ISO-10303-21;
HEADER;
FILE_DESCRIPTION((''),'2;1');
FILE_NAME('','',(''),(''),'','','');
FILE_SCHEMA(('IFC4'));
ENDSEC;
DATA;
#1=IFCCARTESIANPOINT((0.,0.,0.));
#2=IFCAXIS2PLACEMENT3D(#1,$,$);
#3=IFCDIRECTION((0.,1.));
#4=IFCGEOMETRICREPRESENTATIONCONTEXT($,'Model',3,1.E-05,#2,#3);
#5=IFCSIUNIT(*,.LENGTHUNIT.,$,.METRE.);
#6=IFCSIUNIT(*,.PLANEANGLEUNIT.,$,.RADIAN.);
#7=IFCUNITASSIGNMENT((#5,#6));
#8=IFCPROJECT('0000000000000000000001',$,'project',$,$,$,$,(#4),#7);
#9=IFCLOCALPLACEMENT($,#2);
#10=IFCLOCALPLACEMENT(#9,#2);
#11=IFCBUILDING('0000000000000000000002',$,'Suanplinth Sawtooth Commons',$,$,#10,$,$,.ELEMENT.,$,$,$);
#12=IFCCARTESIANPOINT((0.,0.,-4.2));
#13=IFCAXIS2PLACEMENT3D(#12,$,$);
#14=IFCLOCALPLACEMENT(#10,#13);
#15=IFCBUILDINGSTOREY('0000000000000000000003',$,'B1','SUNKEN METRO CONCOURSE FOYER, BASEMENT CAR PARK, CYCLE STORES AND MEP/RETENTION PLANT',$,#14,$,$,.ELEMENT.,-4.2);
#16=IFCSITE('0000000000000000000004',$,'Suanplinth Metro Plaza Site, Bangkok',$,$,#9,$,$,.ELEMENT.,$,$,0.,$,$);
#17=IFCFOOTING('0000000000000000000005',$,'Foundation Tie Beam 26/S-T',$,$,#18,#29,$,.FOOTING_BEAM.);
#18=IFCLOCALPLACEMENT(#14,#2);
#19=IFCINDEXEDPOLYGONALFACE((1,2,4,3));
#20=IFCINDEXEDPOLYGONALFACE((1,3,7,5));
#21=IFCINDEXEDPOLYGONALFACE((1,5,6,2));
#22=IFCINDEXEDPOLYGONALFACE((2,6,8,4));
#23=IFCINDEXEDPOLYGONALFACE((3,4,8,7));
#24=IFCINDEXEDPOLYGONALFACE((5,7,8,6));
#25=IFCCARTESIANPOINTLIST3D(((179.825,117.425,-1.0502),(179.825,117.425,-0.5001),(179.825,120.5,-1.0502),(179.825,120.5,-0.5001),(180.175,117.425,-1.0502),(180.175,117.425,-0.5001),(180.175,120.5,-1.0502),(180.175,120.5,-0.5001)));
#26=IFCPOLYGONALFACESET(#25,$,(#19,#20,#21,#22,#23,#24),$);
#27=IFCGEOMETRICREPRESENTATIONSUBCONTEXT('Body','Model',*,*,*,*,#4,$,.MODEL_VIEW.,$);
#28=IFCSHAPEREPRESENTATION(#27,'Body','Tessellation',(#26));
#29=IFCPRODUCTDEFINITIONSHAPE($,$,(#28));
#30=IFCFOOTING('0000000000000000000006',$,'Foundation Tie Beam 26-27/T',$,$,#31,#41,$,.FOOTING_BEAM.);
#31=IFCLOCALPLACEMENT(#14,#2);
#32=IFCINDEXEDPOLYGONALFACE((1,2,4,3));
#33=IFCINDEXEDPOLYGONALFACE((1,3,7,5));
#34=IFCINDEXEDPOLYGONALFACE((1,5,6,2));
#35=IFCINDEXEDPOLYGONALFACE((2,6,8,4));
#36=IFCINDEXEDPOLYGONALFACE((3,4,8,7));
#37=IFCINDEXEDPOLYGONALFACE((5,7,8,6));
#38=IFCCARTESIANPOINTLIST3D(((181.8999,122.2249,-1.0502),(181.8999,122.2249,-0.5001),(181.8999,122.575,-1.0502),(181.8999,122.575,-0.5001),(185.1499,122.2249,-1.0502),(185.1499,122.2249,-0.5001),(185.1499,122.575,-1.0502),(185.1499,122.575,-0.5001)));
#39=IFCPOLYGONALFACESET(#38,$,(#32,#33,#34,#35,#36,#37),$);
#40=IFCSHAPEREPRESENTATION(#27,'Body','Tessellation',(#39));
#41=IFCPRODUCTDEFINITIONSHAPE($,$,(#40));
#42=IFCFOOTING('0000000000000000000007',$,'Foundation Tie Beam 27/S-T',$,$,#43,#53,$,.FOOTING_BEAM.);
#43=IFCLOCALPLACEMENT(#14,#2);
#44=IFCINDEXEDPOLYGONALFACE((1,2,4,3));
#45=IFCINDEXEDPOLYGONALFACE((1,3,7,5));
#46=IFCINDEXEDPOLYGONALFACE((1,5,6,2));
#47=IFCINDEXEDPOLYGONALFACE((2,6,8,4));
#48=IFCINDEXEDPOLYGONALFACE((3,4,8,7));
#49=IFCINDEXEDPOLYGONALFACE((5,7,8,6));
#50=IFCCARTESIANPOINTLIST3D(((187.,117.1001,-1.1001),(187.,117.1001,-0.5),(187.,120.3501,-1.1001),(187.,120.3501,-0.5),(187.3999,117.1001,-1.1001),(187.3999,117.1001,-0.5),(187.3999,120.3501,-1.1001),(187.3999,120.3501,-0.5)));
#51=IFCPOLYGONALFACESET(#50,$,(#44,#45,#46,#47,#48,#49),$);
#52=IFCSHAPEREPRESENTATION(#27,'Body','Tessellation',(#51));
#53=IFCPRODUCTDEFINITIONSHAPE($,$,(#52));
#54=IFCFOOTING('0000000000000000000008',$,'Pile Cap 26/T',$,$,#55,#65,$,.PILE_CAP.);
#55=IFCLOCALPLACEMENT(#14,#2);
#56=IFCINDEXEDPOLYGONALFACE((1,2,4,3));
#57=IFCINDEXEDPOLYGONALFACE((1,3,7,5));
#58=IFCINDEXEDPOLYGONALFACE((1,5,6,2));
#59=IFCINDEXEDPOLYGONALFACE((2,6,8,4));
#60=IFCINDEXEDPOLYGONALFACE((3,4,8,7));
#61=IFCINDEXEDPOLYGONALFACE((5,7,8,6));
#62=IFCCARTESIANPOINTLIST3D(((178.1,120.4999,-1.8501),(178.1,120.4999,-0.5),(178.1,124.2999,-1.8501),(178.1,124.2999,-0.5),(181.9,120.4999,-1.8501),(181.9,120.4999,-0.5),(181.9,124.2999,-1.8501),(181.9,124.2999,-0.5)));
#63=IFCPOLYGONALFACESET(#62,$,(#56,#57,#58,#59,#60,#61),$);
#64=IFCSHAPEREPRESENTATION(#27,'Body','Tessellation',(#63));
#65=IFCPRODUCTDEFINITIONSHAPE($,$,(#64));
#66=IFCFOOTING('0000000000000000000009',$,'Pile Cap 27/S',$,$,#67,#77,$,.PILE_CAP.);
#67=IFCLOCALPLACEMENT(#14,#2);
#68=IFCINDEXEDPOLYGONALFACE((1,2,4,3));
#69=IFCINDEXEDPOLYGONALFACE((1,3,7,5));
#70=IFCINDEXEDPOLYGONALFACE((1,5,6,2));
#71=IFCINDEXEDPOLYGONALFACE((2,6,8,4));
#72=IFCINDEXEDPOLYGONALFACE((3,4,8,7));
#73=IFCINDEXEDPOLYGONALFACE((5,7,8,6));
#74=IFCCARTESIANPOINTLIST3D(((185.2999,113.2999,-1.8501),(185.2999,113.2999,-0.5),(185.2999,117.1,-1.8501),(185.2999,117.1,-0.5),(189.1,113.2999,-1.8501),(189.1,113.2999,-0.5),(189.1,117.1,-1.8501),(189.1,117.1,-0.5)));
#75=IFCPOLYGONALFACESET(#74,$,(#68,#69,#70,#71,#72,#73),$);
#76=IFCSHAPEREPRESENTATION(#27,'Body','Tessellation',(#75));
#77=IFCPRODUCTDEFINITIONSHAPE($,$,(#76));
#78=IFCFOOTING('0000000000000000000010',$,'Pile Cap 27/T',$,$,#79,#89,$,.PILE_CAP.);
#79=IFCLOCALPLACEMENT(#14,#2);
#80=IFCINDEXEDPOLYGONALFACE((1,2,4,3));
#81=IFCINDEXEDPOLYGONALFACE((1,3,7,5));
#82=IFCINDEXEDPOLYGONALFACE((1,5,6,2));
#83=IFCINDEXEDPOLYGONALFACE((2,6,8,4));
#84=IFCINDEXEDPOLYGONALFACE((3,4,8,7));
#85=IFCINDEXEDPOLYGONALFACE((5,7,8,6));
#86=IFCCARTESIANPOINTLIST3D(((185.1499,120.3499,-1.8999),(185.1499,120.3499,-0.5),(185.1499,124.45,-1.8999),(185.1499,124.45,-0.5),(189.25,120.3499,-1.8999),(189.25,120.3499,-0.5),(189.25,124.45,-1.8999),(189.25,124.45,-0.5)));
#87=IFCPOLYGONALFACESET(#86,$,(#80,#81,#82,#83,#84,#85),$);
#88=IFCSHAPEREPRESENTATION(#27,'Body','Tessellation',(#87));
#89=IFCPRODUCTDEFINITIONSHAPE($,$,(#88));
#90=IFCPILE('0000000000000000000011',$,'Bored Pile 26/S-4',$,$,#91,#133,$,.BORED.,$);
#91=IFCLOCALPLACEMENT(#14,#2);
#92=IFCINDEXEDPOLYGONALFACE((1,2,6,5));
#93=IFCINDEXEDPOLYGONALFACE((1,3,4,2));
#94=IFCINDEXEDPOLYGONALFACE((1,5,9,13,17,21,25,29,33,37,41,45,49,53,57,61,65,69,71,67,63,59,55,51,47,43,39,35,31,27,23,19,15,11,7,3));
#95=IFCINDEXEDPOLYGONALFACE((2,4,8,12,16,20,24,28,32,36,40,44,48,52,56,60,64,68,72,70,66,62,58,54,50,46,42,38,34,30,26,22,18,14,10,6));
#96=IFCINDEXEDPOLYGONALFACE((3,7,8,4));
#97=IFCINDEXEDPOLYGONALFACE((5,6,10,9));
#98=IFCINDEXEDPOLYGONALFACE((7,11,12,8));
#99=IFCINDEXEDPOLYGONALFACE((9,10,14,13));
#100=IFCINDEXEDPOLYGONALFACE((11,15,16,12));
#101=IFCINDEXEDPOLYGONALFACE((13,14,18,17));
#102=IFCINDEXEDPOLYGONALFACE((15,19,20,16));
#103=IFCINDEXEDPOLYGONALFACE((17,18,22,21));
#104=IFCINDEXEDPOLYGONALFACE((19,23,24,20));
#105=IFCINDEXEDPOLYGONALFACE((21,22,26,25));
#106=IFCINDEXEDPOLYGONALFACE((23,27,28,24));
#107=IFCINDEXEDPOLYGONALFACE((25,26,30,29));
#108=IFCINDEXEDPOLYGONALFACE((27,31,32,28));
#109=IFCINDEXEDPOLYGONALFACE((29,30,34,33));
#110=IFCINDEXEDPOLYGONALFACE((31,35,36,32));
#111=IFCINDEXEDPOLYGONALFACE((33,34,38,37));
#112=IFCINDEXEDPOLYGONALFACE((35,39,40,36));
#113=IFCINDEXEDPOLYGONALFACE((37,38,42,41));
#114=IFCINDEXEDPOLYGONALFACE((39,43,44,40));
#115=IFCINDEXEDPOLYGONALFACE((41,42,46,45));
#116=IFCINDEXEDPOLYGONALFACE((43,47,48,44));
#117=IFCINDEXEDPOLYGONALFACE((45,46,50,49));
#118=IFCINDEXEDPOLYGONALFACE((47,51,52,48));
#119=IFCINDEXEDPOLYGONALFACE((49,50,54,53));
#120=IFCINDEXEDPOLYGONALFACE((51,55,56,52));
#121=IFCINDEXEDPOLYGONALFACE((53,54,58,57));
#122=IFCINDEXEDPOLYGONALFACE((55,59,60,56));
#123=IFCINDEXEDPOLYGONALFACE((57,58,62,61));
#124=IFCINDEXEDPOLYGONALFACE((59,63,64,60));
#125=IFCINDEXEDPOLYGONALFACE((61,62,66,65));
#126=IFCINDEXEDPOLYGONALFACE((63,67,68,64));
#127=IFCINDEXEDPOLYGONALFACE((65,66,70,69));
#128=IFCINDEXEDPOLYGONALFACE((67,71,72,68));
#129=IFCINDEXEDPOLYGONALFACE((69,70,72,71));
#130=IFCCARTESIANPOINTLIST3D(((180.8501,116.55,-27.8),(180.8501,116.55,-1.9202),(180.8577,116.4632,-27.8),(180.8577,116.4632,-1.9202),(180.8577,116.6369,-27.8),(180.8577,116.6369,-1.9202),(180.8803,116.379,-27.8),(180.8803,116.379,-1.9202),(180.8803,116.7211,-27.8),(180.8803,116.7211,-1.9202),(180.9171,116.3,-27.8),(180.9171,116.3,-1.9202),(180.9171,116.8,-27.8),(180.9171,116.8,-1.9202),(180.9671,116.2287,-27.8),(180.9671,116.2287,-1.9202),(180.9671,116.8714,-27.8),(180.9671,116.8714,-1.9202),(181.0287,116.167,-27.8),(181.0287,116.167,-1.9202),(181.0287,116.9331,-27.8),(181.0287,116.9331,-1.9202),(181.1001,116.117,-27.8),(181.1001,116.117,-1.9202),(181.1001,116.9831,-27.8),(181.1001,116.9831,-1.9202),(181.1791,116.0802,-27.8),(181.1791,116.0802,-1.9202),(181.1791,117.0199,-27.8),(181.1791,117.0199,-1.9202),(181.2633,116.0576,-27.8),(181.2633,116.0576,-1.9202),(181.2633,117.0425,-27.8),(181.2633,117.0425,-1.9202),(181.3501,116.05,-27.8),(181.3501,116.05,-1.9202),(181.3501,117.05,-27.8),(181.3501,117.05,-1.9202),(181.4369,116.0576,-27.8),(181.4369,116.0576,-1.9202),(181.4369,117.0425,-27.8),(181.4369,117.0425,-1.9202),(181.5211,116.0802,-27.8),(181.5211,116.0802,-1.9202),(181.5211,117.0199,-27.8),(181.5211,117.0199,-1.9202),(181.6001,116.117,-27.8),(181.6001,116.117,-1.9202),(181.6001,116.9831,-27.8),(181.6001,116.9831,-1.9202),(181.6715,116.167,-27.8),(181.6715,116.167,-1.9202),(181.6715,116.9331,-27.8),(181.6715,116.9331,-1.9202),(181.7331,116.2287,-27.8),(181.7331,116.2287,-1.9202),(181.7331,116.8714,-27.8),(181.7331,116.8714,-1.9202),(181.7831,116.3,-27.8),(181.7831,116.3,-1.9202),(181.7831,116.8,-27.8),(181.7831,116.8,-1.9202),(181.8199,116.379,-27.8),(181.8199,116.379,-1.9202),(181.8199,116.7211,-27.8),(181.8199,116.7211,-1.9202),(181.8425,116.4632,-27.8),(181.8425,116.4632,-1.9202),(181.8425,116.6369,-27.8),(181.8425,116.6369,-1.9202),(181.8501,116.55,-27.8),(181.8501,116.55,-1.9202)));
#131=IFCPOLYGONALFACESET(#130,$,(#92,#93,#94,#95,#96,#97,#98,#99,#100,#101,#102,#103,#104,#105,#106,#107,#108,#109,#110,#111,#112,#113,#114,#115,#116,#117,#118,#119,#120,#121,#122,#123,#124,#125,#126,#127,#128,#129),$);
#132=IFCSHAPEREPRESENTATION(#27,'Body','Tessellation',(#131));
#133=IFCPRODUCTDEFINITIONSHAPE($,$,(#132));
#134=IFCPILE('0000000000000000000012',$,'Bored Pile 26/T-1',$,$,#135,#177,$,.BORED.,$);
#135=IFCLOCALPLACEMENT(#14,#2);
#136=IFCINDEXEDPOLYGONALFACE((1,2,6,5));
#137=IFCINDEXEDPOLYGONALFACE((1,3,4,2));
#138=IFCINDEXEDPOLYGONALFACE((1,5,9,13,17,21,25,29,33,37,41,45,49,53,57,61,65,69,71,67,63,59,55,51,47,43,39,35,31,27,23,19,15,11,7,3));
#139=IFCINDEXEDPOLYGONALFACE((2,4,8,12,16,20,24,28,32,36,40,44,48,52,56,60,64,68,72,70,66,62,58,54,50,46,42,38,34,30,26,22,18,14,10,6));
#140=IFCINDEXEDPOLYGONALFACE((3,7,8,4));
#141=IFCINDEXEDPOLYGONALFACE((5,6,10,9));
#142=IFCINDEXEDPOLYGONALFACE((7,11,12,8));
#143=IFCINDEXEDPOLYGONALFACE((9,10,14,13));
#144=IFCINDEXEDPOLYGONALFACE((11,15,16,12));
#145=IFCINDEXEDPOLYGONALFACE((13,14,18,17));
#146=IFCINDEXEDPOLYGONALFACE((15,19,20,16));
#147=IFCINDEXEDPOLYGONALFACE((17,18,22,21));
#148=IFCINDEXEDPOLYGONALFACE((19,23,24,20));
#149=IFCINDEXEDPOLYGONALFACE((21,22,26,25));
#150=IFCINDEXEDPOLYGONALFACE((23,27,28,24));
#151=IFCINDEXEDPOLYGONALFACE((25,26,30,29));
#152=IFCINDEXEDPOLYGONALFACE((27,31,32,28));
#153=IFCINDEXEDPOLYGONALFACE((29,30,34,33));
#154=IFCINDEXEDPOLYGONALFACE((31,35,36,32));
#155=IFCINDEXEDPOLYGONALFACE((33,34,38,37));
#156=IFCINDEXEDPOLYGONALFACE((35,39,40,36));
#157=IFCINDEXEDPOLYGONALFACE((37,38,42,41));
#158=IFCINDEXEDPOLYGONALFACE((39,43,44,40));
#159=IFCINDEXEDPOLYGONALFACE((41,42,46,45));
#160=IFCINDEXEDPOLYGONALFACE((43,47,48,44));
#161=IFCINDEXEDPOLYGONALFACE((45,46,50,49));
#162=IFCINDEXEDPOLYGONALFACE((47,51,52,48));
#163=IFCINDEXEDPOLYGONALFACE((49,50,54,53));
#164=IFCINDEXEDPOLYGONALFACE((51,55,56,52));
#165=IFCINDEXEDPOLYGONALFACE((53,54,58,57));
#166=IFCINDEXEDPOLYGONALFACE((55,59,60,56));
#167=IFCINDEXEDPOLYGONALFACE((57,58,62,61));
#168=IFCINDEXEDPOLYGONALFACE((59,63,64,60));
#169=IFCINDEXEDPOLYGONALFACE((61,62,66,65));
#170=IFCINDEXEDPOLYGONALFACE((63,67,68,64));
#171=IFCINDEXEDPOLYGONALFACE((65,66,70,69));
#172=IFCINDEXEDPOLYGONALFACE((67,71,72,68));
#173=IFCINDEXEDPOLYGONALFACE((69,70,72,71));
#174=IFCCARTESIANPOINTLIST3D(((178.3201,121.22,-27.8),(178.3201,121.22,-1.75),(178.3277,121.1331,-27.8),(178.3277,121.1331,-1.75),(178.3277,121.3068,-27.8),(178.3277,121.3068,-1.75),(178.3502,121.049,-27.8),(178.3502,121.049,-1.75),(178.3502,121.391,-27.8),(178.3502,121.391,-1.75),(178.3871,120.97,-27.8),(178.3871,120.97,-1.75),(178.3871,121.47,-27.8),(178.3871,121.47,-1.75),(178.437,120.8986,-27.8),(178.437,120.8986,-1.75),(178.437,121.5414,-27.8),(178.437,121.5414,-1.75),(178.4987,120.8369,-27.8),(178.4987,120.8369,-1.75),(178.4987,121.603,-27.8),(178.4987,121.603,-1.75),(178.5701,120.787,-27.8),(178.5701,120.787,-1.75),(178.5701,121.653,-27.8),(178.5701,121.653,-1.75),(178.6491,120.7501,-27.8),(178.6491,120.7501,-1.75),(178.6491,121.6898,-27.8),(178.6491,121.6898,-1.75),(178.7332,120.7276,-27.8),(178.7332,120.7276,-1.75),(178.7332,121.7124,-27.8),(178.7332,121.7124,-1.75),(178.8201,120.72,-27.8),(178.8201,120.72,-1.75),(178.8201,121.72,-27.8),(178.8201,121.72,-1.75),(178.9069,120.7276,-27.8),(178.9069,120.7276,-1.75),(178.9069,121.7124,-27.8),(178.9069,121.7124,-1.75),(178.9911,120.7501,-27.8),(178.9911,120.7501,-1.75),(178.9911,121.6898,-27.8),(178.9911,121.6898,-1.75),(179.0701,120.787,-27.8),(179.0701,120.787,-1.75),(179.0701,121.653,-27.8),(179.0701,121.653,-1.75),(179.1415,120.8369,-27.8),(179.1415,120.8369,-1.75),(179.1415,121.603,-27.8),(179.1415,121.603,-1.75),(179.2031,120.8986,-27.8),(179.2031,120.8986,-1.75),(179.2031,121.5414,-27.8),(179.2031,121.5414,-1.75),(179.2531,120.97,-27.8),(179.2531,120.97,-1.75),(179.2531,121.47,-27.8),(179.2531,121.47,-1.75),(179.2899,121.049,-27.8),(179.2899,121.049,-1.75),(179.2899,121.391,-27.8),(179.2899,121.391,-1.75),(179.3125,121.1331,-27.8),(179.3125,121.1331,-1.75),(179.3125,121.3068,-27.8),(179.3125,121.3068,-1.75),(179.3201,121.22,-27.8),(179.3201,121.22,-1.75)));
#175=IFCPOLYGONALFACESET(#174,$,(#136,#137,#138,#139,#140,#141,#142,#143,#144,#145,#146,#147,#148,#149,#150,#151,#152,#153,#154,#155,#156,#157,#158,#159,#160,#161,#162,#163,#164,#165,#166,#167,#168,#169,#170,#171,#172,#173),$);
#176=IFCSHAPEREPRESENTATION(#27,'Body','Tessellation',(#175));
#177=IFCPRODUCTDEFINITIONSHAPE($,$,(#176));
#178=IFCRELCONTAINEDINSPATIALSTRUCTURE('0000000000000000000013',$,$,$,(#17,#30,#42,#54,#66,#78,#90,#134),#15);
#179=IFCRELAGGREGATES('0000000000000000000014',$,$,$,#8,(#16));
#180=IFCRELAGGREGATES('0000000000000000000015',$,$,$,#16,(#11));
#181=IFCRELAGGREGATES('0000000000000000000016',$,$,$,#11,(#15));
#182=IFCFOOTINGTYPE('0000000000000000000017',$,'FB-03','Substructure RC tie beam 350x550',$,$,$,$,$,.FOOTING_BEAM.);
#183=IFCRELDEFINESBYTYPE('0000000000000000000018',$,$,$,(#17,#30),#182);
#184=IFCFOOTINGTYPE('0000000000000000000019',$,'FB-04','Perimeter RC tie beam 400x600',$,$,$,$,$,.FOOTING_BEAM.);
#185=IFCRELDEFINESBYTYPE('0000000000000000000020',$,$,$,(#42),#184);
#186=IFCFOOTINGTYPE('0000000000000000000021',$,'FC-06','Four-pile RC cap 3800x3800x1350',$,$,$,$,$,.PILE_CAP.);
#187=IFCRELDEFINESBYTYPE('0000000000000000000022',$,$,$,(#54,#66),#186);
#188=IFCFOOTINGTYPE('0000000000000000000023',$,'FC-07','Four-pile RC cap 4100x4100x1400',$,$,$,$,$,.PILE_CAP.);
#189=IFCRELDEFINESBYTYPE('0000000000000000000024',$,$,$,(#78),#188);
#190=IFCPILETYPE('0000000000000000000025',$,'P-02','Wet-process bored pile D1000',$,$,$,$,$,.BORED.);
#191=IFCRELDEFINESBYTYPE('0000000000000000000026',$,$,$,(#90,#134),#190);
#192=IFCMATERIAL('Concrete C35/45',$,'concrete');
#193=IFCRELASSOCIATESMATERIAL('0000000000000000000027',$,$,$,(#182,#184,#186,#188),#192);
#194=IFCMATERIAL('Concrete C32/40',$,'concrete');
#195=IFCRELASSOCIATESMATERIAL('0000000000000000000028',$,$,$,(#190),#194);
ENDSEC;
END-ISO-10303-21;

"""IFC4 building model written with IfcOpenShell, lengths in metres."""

from ifc_helpers import new_model, si_unit, direction, frame, origin, origin_2d, place, context, subcontext, project, spatial, rectangle, circle, extrude, material, material_profile, profile_set, type_object, element, save


model = new_model("IFC4")

# Units and contexts
model_context = context("Model", 3, precision=1e-05, world=origin(), true_north=direction((0.0, 1.0)))
body_context = subcontext(model_context, "Body", "Model", "MODEL_VIEW")
ifc_project = project(units=[si_unit("LENGTHUNIT", "METRE"), si_unit("PLANEANGLEUNIT", "RADIAN")], contexts=[model_context])

# Site, building, storey
site_placement = place(None, origin())
site = spatial("IfcSite", under=ifc_project, at=site_placement, Name="Suanplinth Metro Plaza Site, Bangkok", CompositionType="ELEMENT", RefElevation=0.0)
building_placement = place(site_placement, origin())
building = spatial("IfcBuilding", under=site, at=building_placement, Name="Suanplinth Sawtooth Commons", CompositionType="ELEMENT")
storey_placement = place(building_placement, frame((0.0, 0.0, -4.2)))
storey = spatial("IfcBuildingStorey", under=building, at=storey_placement, Name="B1", Description="SUNKEN METRO CONCOURSE FOYER, BASEMENT CAR PARK, CYCLE STORES AND MEP/RETENTION PLANT", CompositionType="ELEMENT", Elevation=-4.2)

# Footings
ifc_material_1 = material(Name="Concrete C35/45", Category="concrete")
ifc_material_profile_1 = material_profile(ifc_material_1, rectangle(XDim=0.3501, YDim=0.55, at=origin_2d()), Name="PC-BM 350x550")
ifc_profile_set_1 = profile_set([ifc_material_profile_1], Name="Concrete C35/45")
footing_type_1 = type_object("IfcFootingType", Name="FB-03", Description="Substructure RC tie beam 350x550", PredefinedType="FOOTING_BEAM", material=ifc_profile_set_1)
footing_1_placement = place(storey_placement, frame((180.0, 117.425, -0.7751), z_axis=(0.0, 1.0, 0.0), x_axis=(-1.0, 0.0, 0.0)))
element("IfcFooting", 1, at=footing_1_placement, inside=storey, type_object=footing_type_1, Name="Foundation Tie Beam 26/S-T", PredefinedType="FOOTING_BEAM", context=body_context, shape_type="SweptSolid", body=[
    extrude(rectangle(XDim=0.3501, YDim=0.55, at=origin_2d()), origin(), (0.0, 0.0, 1.0), 3.075),
])
footing_2_placement = place(storey_placement, frame((181.8999, 122.3999, -0.7751), z_axis=(1.0, 0.0, 0.0), x_axis=(0.0, 1.0, 0.0)))
element("IfcFooting", 2, at=footing_2_placement, inside=storey, type_object=footing_type_1, Name="Foundation Tie Beam 26-27/T", PredefinedType="FOOTING_BEAM", context=body_context, shape_type="SweptSolid", body=[
    extrude(rectangle(XDim=0.3501, YDim=0.55, at=origin_2d()), origin(), (0.0, 0.0, 1.0), 3.25),
])
ifc_material_profile_2 = material_profile(ifc_material_1, rectangle(XDim=0.3999, YDim=0.6001, at=origin_2d()), Name="PC-GDR 400x600")
ifc_profile_set_2 = profile_set([ifc_material_profile_2], Name="Concrete C35/45")
footing_type_2 = type_object("IfcFootingType", Name="FB-04", Description="Perimeter RC tie beam 400x600", PredefinedType="FOOTING_BEAM", material=ifc_profile_set_2)
footing_3_placement = place(storey_placement, frame((187.2, 117.1001, -0.8), z_axis=(0.0, 1.0, 0.0), x_axis=(-1.0, 0.0, 0.0)))
element("IfcFooting", 3, at=footing_3_placement, inside=storey, type_object=footing_type_2, Name="Foundation Tie Beam 27/S-T", PredefinedType="FOOTING_BEAM", context=body_context, shape_type="SweptSolid", body=[
    extrude(rectangle(XDim=0.3999, YDim=0.6001, at=origin_2d()), origin(), (0.0, 0.0, 1.0), 3.25),
])
footing_type_3 = type_object("IfcFootingType", Name="FC-06", Description="Four-pile RC cap 3800x3800x1350", PredefinedType="PILE_CAP", material=ifc_material_1)
for number, where, z_axis, x_axis, name in (
    (4, (180.0, 122.3999, -1.8501), (0.0, 0.0, 1.0), (1.0, 0.0, 0.0), "Pile Cap 26/T"),
    (5, (187.2, 115.2, -1.8501), (0.0, 0.0, 1.0), (1.0, 0.0, 0.0), "Pile Cap 27/S"),
):
    element("IfcFooting", number, at=place(storey_placement, frame(where, z_axis=z_axis, x_axis=x_axis)), inside=storey, type_object=footing_type_3, Name=name, PredefinedType="PILE_CAP", context=body_context, shape_type="SweptSolid", body=[
        extrude(rectangle(XDim=3.8, YDim=3.8, at=origin_2d()), origin(), (0.0, 0.0, 1.0), 1.3501),
    ])
footing_type_4 = type_object("IfcFootingType", Name="FC-07", Description="Four-pile RC cap 4100x4100x1400", PredefinedType="PILE_CAP", material=ifc_material_1)
footing_4_placement = place(storey_placement, frame((187.2, 122.3999, -1.8999), z_axis=(0.0, 0.0, 1.0), x_axis=(1.0, 0.0, 0.0)))
element("IfcFooting", 6, at=footing_4_placement, inside=storey, type_object=footing_type_4, Name="Pile Cap 27/T", PredefinedType="PILE_CAP", context=body_context, shape_type="SweptSolid", body=[
    extrude(rectangle(XDim=4.1001, YDim=4.1001, at=origin_2d()), origin(), (0.0, 0.0, 1.0), 1.3999),
])

# Piles
ifc_material_2 = material(Name="Concrete C32/40", Category="concrete")
ifc_material_profile_3 = material_profile(ifc_material_2, circle(Radius=0.5, at=origin_2d()), Name="PILE D1000")
ifc_profile_set_3 = profile_set([ifc_material_profile_3], Name="Concrete C32/40")
pile_type = type_object("IfcPileType", Name="P-02", Description="Wet-process bored pile D1000", PredefinedType="BORED", material=ifc_profile_set_3)
pile_placement = place(storey_placement, frame((181.3501, 116.55, -1.9202), z_axis=(0.0, 0.0, -1.0), x_axis=(1.0, 0.0, 0.0)))
element("IfcPile", 7, at=pile_placement, inside=storey, type_object=pile_type, Name="Bored Pile 26/S-4", PredefinedType="BORED", context=body_context, shape_type="SweptSolid", body=[
    extrude(circle(Radius=0.5, at=origin_2d()), origin(), (0.0, 0.0, 1.0), 25.8799),
])
for number, where, z_axis, x_axis, name in (
    (8, (178.8201, 121.22, -1.75), (0.0, 0.0, -1.0), (1.0, 0.0, 0.0), "Bored Pile 26/T-1"),
):
    element("IfcPile", number, at=place(storey_placement, frame(where, z_axis=z_axis, x_axis=x_axis)), inside=storey, type_object=pile_type, Name=name, PredefinedType="BORED", context=body_context, shape_type="SweptSolid", body=[
        extrude(circle(Radius=0.5, at=origin_2d()), origin(), (0.0, 0.0, 1.0), 26.05),
    ])

save(model, "model.ifc")
